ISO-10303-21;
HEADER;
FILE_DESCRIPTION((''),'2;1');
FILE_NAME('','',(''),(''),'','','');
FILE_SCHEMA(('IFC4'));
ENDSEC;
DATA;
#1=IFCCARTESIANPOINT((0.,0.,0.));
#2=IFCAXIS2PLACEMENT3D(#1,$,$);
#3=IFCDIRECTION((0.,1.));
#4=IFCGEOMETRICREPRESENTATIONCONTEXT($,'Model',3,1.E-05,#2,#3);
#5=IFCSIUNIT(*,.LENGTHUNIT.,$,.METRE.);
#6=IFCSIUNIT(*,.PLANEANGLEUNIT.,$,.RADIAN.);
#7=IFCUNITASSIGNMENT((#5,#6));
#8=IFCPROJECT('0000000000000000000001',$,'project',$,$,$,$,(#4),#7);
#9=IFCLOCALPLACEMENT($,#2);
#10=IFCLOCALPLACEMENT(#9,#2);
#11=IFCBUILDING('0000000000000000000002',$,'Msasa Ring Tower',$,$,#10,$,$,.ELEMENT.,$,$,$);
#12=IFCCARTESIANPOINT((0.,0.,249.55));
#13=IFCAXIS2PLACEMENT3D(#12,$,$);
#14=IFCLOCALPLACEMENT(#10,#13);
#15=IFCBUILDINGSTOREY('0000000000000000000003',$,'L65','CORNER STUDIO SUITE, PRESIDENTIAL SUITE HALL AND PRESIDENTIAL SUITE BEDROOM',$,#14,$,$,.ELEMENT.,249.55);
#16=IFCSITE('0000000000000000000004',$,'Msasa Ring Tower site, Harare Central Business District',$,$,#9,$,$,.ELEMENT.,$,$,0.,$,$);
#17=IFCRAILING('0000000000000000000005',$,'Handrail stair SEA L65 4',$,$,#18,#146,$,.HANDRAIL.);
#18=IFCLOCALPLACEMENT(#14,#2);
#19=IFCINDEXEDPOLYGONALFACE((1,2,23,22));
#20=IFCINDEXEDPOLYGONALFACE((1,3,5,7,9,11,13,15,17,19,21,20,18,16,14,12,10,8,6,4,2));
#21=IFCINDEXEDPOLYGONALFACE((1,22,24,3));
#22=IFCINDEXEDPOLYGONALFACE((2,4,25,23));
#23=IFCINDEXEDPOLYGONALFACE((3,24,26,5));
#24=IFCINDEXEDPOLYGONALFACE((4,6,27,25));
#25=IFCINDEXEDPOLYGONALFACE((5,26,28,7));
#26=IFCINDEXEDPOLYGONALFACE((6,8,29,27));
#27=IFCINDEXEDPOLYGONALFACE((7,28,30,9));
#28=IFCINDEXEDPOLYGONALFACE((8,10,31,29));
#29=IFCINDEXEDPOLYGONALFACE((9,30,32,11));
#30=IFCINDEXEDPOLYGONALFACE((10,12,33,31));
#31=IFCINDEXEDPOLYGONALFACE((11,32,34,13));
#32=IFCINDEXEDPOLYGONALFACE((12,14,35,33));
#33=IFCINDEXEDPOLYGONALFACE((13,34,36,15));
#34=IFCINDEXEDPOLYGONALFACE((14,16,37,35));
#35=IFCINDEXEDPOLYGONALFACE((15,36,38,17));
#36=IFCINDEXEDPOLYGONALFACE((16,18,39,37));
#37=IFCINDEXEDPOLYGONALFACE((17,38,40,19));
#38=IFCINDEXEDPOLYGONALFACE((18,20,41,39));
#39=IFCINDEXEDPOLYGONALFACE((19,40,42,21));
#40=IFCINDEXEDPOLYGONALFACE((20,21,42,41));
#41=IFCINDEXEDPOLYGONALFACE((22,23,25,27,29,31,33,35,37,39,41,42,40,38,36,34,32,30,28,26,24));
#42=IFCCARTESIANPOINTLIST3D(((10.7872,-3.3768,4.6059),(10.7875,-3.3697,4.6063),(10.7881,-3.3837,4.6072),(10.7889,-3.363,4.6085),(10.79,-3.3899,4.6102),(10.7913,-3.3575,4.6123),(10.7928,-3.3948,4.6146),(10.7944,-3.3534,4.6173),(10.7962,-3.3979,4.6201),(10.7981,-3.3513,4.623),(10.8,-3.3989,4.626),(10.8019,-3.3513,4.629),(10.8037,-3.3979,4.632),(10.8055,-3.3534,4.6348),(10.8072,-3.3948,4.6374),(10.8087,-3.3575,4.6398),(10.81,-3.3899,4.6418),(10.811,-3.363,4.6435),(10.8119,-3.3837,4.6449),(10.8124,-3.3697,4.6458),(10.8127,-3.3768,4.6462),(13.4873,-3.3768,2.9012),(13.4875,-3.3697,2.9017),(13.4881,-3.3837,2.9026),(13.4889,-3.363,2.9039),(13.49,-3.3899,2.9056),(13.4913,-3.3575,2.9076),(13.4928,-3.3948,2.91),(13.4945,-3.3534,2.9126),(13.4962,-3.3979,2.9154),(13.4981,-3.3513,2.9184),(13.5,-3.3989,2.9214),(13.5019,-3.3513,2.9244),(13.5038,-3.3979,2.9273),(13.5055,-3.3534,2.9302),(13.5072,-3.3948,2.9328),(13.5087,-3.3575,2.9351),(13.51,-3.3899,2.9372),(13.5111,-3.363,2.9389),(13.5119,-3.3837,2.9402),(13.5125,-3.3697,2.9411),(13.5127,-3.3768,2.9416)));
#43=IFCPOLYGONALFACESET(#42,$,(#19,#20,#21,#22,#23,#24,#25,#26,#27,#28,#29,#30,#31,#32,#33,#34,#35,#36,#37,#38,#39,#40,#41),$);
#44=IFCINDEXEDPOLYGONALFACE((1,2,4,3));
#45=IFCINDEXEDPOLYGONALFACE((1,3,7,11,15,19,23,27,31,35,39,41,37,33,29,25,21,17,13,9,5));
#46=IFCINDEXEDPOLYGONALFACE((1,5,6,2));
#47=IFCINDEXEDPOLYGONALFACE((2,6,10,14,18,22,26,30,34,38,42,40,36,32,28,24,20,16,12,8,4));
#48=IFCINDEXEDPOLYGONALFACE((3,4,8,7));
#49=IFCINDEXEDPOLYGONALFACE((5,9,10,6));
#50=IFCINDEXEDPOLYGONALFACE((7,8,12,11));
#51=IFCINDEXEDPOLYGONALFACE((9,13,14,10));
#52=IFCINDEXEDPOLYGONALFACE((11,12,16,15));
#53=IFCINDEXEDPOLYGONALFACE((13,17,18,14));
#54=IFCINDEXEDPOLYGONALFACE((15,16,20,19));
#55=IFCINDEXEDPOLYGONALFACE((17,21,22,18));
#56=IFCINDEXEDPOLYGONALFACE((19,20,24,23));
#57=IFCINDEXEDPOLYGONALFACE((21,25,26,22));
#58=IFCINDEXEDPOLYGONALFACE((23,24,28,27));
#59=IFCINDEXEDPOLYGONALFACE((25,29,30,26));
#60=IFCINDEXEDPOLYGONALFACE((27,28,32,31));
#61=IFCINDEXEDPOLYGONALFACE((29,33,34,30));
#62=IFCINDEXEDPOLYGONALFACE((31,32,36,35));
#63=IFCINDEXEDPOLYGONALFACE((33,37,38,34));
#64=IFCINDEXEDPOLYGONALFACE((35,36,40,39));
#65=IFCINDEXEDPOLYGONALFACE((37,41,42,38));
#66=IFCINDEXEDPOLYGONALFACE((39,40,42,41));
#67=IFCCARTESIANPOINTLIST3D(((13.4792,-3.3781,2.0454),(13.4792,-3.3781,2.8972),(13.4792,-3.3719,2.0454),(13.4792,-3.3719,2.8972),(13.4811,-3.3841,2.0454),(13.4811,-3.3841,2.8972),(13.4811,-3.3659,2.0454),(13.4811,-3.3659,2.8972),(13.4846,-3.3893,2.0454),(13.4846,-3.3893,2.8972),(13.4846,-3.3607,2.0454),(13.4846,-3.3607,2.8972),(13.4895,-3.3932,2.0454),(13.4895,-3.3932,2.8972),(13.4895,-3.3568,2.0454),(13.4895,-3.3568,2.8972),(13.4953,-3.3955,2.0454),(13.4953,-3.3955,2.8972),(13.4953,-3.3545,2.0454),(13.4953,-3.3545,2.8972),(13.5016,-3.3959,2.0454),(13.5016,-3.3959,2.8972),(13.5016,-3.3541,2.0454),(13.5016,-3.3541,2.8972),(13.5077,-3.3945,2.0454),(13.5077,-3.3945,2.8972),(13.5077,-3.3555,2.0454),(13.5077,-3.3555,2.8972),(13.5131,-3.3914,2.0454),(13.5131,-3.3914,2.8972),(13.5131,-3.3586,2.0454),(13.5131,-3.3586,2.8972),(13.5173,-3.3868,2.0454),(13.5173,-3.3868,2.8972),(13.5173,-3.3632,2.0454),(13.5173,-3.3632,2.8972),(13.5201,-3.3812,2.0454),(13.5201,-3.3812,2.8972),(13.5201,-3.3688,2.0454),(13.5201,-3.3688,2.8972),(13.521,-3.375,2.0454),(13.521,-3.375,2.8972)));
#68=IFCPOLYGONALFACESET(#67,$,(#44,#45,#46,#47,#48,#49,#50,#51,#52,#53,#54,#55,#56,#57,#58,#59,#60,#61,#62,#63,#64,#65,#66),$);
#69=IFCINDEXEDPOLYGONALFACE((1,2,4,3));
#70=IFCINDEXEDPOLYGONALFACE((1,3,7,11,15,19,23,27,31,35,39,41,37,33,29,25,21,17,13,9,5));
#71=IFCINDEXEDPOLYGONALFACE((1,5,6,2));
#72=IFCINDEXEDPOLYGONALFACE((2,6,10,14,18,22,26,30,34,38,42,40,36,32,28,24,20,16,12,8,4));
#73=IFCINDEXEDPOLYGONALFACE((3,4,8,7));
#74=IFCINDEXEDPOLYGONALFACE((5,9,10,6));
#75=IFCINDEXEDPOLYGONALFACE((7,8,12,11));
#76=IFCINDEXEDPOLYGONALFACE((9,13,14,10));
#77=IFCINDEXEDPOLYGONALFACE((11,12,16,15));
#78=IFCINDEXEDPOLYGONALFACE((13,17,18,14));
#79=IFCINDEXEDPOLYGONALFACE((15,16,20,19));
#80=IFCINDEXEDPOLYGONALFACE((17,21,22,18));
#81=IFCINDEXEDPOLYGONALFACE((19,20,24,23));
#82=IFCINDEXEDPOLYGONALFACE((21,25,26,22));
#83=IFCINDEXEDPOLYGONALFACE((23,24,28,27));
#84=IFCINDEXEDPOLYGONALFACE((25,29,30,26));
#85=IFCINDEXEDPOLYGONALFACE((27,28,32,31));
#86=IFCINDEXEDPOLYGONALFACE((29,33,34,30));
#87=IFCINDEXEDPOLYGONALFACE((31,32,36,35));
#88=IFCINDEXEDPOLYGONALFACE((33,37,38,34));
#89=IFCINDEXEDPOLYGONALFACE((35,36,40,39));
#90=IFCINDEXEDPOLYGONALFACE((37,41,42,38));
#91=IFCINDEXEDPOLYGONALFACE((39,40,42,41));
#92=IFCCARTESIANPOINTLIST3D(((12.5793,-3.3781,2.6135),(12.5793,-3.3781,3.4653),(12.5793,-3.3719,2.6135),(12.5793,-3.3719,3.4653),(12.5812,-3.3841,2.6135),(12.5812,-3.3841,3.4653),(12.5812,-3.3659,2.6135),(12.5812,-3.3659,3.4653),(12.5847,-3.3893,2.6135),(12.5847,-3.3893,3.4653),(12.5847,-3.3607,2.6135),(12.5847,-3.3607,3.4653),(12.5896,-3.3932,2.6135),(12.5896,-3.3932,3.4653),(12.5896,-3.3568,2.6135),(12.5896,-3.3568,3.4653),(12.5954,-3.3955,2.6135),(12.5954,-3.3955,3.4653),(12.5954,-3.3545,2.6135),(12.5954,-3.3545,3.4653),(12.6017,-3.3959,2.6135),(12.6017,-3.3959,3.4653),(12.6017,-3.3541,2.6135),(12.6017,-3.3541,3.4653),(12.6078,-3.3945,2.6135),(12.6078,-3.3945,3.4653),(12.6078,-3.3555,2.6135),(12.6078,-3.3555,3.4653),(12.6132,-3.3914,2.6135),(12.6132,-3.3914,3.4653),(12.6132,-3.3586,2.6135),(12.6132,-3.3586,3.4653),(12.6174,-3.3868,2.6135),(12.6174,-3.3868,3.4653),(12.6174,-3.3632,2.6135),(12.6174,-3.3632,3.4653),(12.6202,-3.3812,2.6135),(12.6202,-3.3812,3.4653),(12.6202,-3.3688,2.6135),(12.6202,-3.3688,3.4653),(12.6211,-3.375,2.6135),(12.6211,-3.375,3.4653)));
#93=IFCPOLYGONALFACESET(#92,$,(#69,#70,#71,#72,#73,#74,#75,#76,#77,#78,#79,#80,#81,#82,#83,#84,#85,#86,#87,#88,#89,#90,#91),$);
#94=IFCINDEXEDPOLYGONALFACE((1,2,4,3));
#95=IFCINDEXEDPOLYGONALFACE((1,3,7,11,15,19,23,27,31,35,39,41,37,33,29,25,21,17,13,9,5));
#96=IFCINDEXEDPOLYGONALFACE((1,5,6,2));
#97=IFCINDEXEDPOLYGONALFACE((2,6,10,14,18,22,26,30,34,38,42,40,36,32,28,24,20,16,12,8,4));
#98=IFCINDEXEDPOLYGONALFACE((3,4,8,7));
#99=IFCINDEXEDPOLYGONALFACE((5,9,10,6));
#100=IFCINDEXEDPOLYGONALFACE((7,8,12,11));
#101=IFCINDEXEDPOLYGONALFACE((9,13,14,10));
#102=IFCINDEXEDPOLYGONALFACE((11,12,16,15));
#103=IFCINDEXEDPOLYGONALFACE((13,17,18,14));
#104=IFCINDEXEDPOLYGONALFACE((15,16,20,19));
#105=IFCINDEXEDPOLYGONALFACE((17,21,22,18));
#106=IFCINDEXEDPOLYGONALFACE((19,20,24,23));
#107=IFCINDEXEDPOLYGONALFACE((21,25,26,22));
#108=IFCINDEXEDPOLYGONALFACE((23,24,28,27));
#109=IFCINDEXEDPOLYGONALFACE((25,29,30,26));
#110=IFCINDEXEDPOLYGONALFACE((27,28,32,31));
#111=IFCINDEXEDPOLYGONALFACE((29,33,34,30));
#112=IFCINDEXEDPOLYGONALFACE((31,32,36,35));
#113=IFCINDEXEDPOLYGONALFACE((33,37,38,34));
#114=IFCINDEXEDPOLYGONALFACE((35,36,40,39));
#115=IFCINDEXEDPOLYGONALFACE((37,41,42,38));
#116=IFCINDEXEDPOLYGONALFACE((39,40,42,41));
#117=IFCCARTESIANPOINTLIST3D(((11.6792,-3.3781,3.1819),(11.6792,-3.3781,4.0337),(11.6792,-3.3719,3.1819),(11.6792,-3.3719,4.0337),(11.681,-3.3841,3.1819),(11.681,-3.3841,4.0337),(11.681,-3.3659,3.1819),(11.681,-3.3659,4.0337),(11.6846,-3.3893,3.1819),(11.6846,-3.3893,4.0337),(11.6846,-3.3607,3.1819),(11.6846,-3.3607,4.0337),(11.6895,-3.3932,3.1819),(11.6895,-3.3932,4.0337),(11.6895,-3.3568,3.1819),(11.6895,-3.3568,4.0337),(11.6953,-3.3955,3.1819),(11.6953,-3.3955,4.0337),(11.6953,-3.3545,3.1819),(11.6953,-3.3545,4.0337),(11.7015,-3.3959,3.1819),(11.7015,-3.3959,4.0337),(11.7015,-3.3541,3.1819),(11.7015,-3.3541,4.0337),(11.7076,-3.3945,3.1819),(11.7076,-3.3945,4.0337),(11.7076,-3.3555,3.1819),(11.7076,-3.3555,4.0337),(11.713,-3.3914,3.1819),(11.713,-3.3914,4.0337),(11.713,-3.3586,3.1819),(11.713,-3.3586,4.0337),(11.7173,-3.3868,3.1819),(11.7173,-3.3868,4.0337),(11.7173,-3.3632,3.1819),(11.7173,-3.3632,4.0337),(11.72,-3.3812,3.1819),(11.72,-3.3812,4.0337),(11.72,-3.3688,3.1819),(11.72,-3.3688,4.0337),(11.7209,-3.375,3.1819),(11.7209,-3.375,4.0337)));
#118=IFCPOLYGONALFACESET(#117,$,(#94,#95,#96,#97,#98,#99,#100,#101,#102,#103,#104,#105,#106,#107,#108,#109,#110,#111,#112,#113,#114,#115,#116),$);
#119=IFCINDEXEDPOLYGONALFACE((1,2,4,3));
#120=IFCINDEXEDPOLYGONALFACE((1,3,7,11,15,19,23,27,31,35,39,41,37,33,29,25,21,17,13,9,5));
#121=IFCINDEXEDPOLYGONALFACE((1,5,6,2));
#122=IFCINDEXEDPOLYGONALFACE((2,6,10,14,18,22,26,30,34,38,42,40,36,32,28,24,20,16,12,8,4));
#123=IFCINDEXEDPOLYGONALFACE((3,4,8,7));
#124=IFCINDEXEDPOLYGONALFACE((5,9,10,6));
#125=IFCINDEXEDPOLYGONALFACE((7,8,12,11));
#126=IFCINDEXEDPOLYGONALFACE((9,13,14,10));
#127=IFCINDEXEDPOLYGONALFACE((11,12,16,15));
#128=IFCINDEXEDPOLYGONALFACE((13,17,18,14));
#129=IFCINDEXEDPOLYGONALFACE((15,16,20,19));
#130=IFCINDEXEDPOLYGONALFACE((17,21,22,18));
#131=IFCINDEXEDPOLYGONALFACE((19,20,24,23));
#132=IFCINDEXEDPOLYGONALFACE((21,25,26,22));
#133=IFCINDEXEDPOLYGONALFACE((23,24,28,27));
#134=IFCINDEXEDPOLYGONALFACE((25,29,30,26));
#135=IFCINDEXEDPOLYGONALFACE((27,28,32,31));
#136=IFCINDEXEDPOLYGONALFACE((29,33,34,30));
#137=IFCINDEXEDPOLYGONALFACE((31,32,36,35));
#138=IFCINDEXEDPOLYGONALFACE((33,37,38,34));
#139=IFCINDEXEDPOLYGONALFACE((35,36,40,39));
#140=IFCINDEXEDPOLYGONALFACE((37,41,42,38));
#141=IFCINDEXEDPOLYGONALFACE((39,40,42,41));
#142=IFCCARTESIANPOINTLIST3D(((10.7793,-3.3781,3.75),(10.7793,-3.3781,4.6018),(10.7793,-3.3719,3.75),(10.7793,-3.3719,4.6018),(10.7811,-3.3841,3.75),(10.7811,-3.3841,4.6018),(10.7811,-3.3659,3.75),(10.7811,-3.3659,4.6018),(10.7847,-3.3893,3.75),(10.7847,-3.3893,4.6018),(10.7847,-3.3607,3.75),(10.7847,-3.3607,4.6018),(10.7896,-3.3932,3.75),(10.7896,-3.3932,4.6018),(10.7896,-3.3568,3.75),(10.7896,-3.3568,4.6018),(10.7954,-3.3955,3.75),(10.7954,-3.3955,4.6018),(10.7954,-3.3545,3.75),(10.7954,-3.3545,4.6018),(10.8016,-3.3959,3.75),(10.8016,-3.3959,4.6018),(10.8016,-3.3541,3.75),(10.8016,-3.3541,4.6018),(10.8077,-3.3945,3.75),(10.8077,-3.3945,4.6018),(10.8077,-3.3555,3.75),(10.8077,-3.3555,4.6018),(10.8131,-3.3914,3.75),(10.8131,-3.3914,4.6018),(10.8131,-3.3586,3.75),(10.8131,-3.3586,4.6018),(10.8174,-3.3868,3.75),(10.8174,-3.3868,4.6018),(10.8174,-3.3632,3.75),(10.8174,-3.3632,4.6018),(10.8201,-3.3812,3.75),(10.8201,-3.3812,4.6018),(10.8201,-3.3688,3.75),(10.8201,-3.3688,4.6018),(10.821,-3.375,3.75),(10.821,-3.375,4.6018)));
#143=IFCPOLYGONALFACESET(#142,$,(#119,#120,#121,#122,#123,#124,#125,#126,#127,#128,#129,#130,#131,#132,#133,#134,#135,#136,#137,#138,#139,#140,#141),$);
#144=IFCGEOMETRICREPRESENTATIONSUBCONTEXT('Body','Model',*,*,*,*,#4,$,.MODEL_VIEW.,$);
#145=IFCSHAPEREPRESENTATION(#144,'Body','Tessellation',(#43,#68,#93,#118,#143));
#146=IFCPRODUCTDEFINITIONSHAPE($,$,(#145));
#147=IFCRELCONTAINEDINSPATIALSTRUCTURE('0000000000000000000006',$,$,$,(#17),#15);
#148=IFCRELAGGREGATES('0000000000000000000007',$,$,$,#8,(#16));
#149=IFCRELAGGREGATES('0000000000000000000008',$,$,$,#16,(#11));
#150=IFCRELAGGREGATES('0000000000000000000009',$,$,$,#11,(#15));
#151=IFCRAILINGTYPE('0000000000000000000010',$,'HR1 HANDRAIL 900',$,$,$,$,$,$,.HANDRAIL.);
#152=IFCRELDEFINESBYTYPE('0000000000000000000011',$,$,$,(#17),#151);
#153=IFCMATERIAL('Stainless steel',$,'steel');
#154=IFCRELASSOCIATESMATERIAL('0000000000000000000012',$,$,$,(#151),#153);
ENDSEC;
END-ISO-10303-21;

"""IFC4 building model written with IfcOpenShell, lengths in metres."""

from ifc_helpers import new_model, si_unit, direction, frame, origin, origin_2d, place, context, subcontext, project, spatial, circle, extrude, material, type_object, element, save


model = new_model("IFC4")

# Units and contexts
model_context = context("Model", 3, precision=1e-05, world=origin(), true_north=direction((0.0, 1.0)))
body_context = subcontext(model_context, "Body", "Model", "MODEL_VIEW")
ifc_project = project(units=[si_unit("LENGTHUNIT", "METRE"), si_unit("PLANEANGLEUNIT", "RADIAN")], contexts=[model_context])

# Site, building, storey
site_placement = place(None, origin())
site = spatial("IfcSite", under=ifc_project, at=site_placement, Name="Msasa Ring Tower site, Harare Central Business District", CompositionType="ELEMENT", RefElevation=0.0)
building_placement = place(site_placement, origin())
building = spatial("IfcBuilding", under=site, at=building_placement, Name="Msasa Ring Tower", CompositionType="ELEMENT")
storey_placement = place(building_placement, frame((0.0, 0.0, 249.55)))
storey = spatial("IfcBuildingStorey", under=building, at=storey_placement, Name="L65", Description="CORNER STUDIO SUITE, PRESIDENTIAL SUITE HALL AND PRESIDENTIAL SUITE BEDROOM", CompositionType="ELEMENT", Elevation=249.55)

# Railing
ifc_material_1 = material(Name="Stainless steel", Category="steel")
railing_type = type_object("IfcRailingType", Name="HR1 HANDRAIL 900", PredefinedType="HANDRAIL", material=ifc_material_1)
for number, where, name in (
    (1, (13.5, -3.375, 2.0454), "Handrail stair SEA L65 4"),
):
    element("IfcRailing", number, at=place(storey_placement, frame(where)), inside=storey, type_object=railing_type, Name=name, PredefinedType="HANDRAIL", context=body_context, shape_type="SweptSolid", body=[
        extrude(circle(Radius=0.0239, at=origin_2d()), frame((0.0, 0.0, 0.876), z_axis=(-0.84558, 0.0, 0.533849), x_axis=(0.0, -1.0, 0.0)), (0.0, 0.0, 1.0), 3.1931),
        extrude(circle(Radius=0.021, at=origin_2d()), origin(), (0.0, 0.0, 1.0), 0.8518),
        extrude(circle(Radius=0.021, at=origin_2d()), frame((-0.8999, 0.0, 0.5681)), (0.0, 0.0, 1.0), 0.8518),
        extrude(circle(Radius=0.021, at=origin_2d()), frame((-1.8, 0.0, 1.1365)), (0.0, 0.0, 1.0), 0.8518),
        extrude(circle(Radius=0.021, at=origin_2d()), frame((-2.7, 0.0, 1.7046)), (0.0, 0.0, 1.0), 0.8518),
    ])

save(model, "model.ifc")
